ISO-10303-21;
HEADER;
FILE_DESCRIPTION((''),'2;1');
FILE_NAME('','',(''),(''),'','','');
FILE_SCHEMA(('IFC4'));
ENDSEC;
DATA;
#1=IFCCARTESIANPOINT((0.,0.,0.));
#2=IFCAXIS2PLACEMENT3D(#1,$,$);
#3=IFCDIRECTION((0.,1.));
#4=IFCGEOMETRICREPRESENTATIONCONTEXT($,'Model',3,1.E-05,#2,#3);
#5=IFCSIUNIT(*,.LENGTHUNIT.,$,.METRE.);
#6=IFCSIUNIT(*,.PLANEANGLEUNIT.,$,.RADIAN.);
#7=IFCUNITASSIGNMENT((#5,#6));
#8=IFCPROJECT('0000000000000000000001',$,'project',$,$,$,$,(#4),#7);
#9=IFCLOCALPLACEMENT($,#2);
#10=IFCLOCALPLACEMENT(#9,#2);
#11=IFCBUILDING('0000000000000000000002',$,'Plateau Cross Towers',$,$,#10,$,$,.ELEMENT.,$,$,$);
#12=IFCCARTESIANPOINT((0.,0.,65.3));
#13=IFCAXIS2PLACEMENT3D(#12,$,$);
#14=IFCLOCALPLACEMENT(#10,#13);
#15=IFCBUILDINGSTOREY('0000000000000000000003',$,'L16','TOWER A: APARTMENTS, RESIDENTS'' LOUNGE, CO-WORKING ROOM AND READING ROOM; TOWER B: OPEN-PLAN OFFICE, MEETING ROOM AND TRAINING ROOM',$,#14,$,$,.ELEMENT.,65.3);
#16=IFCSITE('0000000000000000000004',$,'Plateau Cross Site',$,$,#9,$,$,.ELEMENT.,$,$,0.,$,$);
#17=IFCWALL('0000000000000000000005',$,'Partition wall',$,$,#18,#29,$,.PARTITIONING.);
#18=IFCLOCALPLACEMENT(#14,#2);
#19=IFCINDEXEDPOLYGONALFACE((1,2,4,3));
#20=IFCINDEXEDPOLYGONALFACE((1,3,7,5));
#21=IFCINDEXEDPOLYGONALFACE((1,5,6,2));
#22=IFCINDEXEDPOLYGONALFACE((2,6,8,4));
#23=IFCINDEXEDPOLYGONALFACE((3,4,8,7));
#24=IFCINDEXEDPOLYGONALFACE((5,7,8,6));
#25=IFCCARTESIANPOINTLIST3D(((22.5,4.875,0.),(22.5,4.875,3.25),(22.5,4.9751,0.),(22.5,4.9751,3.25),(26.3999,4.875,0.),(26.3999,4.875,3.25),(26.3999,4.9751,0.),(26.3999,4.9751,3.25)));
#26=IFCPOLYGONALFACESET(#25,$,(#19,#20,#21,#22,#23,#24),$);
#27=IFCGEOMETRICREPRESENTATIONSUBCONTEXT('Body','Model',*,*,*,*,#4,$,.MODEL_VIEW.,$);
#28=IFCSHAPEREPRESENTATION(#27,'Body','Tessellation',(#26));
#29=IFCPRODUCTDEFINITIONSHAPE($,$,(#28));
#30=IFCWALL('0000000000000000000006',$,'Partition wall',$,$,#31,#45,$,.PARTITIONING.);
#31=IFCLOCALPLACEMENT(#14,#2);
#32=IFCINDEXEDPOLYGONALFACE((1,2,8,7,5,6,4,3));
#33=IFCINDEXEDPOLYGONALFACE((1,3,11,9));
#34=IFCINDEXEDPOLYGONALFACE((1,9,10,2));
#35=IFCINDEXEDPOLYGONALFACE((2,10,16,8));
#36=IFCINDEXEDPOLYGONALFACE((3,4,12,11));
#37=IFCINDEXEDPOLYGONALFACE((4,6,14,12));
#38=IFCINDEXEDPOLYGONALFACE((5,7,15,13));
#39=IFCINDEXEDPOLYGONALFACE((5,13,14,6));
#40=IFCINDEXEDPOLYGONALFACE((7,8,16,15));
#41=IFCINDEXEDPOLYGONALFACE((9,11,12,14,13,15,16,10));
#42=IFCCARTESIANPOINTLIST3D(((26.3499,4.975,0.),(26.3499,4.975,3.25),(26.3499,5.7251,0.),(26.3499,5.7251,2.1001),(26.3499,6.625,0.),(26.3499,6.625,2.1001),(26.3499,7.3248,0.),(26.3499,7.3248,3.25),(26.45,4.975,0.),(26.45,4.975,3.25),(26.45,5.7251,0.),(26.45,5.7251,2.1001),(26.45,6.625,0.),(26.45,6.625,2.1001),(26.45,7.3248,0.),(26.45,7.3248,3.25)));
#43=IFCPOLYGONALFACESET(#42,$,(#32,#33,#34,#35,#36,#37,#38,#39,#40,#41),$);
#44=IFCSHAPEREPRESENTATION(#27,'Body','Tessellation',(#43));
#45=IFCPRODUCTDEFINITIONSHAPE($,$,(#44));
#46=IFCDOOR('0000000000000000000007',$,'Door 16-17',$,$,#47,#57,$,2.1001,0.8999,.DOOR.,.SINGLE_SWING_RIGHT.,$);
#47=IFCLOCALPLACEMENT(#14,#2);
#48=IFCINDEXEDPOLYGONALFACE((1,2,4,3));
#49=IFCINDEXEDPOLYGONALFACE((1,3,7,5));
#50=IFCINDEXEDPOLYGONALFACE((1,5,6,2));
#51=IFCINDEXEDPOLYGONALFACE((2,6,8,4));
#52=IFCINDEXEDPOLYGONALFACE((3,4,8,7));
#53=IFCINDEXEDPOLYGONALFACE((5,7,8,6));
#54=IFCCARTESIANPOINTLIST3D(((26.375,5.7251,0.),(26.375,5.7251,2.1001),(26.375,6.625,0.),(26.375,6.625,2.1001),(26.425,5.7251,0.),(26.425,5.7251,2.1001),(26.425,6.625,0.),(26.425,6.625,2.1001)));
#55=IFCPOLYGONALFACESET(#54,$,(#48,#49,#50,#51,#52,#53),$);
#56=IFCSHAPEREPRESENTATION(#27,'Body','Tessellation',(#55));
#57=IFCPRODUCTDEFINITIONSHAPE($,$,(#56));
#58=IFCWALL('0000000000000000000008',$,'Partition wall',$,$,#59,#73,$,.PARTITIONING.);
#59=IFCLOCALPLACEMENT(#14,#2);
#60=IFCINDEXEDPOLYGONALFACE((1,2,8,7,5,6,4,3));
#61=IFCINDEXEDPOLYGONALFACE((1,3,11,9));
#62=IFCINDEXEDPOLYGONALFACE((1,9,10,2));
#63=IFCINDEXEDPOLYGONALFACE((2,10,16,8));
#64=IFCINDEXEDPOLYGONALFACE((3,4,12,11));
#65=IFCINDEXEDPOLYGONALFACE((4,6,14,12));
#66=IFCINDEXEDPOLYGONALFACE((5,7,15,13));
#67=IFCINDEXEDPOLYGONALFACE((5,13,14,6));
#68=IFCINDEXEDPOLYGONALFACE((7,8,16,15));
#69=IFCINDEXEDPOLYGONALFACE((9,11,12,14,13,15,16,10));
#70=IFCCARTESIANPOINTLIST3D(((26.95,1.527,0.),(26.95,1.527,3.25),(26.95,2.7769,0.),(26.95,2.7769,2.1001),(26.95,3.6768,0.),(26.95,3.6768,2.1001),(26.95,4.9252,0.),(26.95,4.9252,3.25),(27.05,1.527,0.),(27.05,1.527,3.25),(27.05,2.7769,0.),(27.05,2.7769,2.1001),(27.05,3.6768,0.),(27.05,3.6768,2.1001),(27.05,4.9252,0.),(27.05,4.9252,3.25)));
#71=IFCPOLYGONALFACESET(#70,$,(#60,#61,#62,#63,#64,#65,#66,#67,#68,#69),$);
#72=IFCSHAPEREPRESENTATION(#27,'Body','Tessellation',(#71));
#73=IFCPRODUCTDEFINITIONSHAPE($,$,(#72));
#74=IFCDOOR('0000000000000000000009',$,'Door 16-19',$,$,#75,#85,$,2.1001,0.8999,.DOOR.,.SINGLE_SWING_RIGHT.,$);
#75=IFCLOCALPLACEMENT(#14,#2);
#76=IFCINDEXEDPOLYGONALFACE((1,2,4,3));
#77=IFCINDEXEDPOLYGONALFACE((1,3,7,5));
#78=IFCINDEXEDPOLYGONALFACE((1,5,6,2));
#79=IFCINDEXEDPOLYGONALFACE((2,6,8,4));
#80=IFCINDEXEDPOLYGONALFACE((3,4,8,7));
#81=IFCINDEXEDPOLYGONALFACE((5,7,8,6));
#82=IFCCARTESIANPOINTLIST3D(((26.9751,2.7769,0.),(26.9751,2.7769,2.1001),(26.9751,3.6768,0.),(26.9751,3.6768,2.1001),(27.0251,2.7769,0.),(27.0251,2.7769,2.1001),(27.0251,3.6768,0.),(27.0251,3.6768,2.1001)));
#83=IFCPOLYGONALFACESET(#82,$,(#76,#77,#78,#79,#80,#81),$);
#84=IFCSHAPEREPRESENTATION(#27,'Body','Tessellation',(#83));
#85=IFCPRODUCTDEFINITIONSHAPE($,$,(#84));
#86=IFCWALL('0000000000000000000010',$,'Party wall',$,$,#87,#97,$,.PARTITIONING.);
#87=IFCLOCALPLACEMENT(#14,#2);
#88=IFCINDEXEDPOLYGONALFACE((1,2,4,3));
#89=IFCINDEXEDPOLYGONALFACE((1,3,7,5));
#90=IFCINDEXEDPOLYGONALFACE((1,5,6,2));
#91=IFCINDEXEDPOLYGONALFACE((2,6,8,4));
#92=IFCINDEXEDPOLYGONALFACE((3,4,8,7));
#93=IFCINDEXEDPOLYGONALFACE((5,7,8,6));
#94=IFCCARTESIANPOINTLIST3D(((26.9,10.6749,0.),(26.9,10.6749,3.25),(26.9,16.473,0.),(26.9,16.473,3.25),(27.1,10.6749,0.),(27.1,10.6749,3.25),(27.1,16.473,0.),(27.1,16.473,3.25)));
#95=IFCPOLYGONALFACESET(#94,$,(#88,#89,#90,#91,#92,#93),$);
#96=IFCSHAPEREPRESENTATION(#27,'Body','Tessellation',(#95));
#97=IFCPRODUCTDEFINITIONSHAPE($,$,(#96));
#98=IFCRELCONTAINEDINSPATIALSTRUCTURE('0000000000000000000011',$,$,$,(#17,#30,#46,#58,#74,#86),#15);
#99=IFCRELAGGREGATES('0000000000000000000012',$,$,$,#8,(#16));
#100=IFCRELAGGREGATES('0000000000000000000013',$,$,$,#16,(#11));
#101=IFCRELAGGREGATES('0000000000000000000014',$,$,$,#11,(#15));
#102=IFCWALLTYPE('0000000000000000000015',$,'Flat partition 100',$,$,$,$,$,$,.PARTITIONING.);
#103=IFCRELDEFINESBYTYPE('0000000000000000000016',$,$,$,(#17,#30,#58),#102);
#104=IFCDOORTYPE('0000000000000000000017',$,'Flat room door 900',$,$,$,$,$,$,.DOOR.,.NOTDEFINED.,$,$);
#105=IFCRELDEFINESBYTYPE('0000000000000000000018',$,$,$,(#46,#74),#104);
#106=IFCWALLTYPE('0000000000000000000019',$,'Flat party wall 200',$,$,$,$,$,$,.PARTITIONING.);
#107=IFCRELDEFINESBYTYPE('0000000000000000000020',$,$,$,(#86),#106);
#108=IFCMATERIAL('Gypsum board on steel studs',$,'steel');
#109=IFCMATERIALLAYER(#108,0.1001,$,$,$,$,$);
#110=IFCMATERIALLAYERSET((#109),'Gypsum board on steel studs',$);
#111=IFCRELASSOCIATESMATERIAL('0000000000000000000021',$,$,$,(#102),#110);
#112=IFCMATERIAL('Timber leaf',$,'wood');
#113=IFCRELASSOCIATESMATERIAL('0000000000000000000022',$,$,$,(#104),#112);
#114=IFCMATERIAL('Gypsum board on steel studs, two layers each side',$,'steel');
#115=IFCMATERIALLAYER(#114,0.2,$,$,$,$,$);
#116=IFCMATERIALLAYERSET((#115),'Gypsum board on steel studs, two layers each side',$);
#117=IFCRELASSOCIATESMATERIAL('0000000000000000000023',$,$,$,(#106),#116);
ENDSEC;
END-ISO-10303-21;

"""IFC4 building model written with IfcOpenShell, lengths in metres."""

from ifc_helpers import new_model, si_unit, direction, frame, frame_2d, origin, place, context, subcontext, project, spatial, rectangle, extrude, material, layer, layer_set, type_object, element, fill, save


model = new_model("IFC4")

# Units and contexts
model_context = context("Model", 3, precision=1e-05, world=origin(), true_north=direction((0.0, 1.0)))
body_context = subcontext(model_context, "Body", "Model", "MODEL_VIEW")
ifc_project = project(units=[si_unit("LENGTHUNIT", "METRE"), si_unit("PLANEANGLEUNIT", "RADIAN")], contexts=[model_context])

# Site, building, storey
site_placement = place(None, origin())
site = spatial("IfcSite", under=ifc_project, at=site_placement, Name="Plateau Cross Site", CompositionType="ELEMENT", RefElevation=0.0)
building_placement = place(site_placement, origin())
building = spatial("IfcBuilding", under=site, at=building_placement, Name="Plateau Cross Towers", CompositionType="ELEMENT")
storey_placement = place(building_placement, frame((0.0, 0.0, 65.3)))
storey = spatial("IfcBuildingStorey", under=building, at=storey_placement, Name="L16", Description="TOWER A: APARTMENTS, RESIDENTS' LOUNGE, CO-WORKING ROOM AND READING ROOM; TOWER B: OPEN-PLAN OFFICE, MEETING ROOM AND TRAINING ROOM", CompositionType="ELEMENT", Elevation=65.3)

# Wall
ifc_material_1 = material(Name="Gypsum board on steel studs", Category="steel")
ifc_layer_1 = layer(ifc_material_1, 0.1001)
ifc_layer_set_1 = layer_set([ifc_layer_1], Name="Gypsum board on steel studs")
wall_type_1 = type_object("IfcWallType", Name="Flat partition 100", PredefinedType="PARTITIONING", material=ifc_layer_set_1)
wall_1_placement = place(storey_placement, frame((22.5, 4.925, 0.0), z_axis=(0.0, 0.0, 1.0), x_axis=(1.0, 0.0, 0.0)))
element("IfcWall", 1, at=wall_1_placement, inside=storey, type_object=wall_type_1, Name="Partition wall", PredefinedType="PARTITIONING", context=body_context, shape_type="SweptSolid", body=[
    extrude(rectangle(XDim=3.8999, YDim=0.1001, at=frame_2d((1.95, 0.0))), origin(), (0.0, 0.0, 1.0), 3.25),
])

# Walls, openings, doors
wall_2_placement = place(storey_placement, frame((26.3999, 4.9751, 0.0), z_axis=(0.0, 0.0, 1.0), x_axis=(0.0, 1.0, 0.0)))
wall_2 = element("IfcWall", 2, at=wall_2_placement, inside=storey, type_object=wall_type_1, Name="Partition wall", PredefinedType="PARTITIONING", context=body_context, shape_type="SweptSolid", body=[
    extrude(rectangle(XDim=2.3499, YDim=0.1001, at=frame_2d((1.1748, 0.0))), origin(), (0.0, 0.0, 1.0), 3.25),
])
opening_1_placement = place(wall_2_placement, frame((0.75, 0.0, 0.0)))
opening_1 = element("IfcOpeningElement", 3, at=opening_1_placement, cuts=wall_2, PredefinedType="OPENING", context=body_context, shape_type="SweptSolid", body=[
    extrude(rectangle(XDim=0.8999, YDim=2.1001, at=frame_2d((0.45, 1.05))), frame((0.0, 0.0601, 0.0), z_axis=(0.0, -1.0, 0.0), x_axis=(1.0, 0.0, 0.0)), (0.0, 0.0, 1.0), 0.1201),
])
ifc_material_2 = material(Name="Timber leaf", Category="wood")
door_type_1 = type_object("IfcDoorType", Name="Flat room door 900", OperationType="NOTDEFINED", PredefinedType="DOOR", material=ifc_material_2)
door_1_placement = place(opening_1_placement, origin())
door_1 = element("IfcDoor", 4, at=door_1_placement, inside=storey, type_object=door_type_1, Name="Door 16-17", OperationType="SINGLE_SWING_RIGHT", OverallHeight=2.1001, OverallWidth=0.8999, PredefinedType="DOOR", context=body_context, shape_type="SweptSolid", body=[
    extrude(rectangle(XDim=0.8999, YDim=2.1001, at=frame_2d((0.45, 1.05))), frame((0.0, 0.0249, 0.0), z_axis=(0.0, -1.0, 0.0), x_axis=(1.0, 0.0, 0.0)), (0.0, 0.0, 1.0), 0.05),
])
fill(opening_1, door_1)
wall_3_placement = place(storey_placement, frame((27.0, 1.5269, 0.0), z_axis=(0.0, 0.0, 1.0), x_axis=(0.0, 1.0, 0.0)))
wall_3 = element("IfcWall", 5, at=wall_3_placement, inside=storey, type_object=wall_type_1, Name="Partition wall", PredefinedType="PARTITIONING", context=body_context, shape_type="SweptSolid", body=[
    extrude(rectangle(XDim=3.3982, YDim=0.1001, at=frame_2d((1.6992, 0.0))), origin(), (0.0, 0.0, 1.0), 3.25),
])
opening_2_placement = place(wall_3_placement, frame((1.25, 0.0, 0.0)))
opening_2 = element("IfcOpeningElement", 6, at=opening_2_placement, cuts=wall_3, PredefinedType="OPENING", context=body_context, shape_type="SweptSolid", body=[
    extrude(rectangle(XDim=0.8999, YDim=2.1001, at=frame_2d((0.45, 1.05))), frame((0.0, 0.0601, 0.0), z_axis=(0.0, -1.0, 0.0), x_axis=(1.0, 0.0, 0.0)), (0.0, 0.0, 1.0), 0.1201),
])
door_2_placement = place(opening_2_placement, origin())
door_2 = element("IfcDoor", 7, at=door_2_placement, inside=storey, type_object=door_type_1, Name="Door 16-19", OperationType="SINGLE_SWING_RIGHT", OverallHeight=2.1001, OverallWidth=0.8999, PredefinedType="DOOR", context=body_context, shape_type="SweptSolid", body=[
    extrude(rectangle(XDim=0.8999, YDim=2.1001, at=frame_2d((0.45, 1.05))), frame((0.0, 0.0249, 0.0), z_axis=(0.0, -1.0, 0.0), x_axis=(1.0, 0.0, 0.0)), (0.0, 0.0, 1.0), 0.05),
])
fill(opening_2, door_2)

# Wall
ifc_material_3 = material(Name="Gypsum board on steel studs, two layers each side", Category="steel")
ifc_layer_2 = layer(ifc_material_3, 0.2)
ifc_layer_set_2 = layer_set([ifc_layer_2], Name="Gypsum board on steel studs, two layers each side")
wall_type_2 = type_object("IfcWallType", Name="Flat party wall 200", PredefinedType="PARTITIONING", material=ifc_layer_set_2)
wall_4_placement = place(storey_placement, frame((27.0, 10.675, 0.0), z_axis=(0.0, 0.0, 1.0), x_axis=(0.0, 1.0, 0.0)))
element("IfcWall", 8, at=wall_4_placement, inside=storey, type_object=wall_type_2, Name="Party wall", PredefinedType="PARTITIONING", context=body_context, shape_type="SweptSolid", body=[
    extrude(rectangle(XDim=5.7981, YDim=0.2, at=frame_2d((2.8989, 0.0))), origin(), (0.0, 0.0, 1.0), 3.25),
])

save(model, "model.ifc")
